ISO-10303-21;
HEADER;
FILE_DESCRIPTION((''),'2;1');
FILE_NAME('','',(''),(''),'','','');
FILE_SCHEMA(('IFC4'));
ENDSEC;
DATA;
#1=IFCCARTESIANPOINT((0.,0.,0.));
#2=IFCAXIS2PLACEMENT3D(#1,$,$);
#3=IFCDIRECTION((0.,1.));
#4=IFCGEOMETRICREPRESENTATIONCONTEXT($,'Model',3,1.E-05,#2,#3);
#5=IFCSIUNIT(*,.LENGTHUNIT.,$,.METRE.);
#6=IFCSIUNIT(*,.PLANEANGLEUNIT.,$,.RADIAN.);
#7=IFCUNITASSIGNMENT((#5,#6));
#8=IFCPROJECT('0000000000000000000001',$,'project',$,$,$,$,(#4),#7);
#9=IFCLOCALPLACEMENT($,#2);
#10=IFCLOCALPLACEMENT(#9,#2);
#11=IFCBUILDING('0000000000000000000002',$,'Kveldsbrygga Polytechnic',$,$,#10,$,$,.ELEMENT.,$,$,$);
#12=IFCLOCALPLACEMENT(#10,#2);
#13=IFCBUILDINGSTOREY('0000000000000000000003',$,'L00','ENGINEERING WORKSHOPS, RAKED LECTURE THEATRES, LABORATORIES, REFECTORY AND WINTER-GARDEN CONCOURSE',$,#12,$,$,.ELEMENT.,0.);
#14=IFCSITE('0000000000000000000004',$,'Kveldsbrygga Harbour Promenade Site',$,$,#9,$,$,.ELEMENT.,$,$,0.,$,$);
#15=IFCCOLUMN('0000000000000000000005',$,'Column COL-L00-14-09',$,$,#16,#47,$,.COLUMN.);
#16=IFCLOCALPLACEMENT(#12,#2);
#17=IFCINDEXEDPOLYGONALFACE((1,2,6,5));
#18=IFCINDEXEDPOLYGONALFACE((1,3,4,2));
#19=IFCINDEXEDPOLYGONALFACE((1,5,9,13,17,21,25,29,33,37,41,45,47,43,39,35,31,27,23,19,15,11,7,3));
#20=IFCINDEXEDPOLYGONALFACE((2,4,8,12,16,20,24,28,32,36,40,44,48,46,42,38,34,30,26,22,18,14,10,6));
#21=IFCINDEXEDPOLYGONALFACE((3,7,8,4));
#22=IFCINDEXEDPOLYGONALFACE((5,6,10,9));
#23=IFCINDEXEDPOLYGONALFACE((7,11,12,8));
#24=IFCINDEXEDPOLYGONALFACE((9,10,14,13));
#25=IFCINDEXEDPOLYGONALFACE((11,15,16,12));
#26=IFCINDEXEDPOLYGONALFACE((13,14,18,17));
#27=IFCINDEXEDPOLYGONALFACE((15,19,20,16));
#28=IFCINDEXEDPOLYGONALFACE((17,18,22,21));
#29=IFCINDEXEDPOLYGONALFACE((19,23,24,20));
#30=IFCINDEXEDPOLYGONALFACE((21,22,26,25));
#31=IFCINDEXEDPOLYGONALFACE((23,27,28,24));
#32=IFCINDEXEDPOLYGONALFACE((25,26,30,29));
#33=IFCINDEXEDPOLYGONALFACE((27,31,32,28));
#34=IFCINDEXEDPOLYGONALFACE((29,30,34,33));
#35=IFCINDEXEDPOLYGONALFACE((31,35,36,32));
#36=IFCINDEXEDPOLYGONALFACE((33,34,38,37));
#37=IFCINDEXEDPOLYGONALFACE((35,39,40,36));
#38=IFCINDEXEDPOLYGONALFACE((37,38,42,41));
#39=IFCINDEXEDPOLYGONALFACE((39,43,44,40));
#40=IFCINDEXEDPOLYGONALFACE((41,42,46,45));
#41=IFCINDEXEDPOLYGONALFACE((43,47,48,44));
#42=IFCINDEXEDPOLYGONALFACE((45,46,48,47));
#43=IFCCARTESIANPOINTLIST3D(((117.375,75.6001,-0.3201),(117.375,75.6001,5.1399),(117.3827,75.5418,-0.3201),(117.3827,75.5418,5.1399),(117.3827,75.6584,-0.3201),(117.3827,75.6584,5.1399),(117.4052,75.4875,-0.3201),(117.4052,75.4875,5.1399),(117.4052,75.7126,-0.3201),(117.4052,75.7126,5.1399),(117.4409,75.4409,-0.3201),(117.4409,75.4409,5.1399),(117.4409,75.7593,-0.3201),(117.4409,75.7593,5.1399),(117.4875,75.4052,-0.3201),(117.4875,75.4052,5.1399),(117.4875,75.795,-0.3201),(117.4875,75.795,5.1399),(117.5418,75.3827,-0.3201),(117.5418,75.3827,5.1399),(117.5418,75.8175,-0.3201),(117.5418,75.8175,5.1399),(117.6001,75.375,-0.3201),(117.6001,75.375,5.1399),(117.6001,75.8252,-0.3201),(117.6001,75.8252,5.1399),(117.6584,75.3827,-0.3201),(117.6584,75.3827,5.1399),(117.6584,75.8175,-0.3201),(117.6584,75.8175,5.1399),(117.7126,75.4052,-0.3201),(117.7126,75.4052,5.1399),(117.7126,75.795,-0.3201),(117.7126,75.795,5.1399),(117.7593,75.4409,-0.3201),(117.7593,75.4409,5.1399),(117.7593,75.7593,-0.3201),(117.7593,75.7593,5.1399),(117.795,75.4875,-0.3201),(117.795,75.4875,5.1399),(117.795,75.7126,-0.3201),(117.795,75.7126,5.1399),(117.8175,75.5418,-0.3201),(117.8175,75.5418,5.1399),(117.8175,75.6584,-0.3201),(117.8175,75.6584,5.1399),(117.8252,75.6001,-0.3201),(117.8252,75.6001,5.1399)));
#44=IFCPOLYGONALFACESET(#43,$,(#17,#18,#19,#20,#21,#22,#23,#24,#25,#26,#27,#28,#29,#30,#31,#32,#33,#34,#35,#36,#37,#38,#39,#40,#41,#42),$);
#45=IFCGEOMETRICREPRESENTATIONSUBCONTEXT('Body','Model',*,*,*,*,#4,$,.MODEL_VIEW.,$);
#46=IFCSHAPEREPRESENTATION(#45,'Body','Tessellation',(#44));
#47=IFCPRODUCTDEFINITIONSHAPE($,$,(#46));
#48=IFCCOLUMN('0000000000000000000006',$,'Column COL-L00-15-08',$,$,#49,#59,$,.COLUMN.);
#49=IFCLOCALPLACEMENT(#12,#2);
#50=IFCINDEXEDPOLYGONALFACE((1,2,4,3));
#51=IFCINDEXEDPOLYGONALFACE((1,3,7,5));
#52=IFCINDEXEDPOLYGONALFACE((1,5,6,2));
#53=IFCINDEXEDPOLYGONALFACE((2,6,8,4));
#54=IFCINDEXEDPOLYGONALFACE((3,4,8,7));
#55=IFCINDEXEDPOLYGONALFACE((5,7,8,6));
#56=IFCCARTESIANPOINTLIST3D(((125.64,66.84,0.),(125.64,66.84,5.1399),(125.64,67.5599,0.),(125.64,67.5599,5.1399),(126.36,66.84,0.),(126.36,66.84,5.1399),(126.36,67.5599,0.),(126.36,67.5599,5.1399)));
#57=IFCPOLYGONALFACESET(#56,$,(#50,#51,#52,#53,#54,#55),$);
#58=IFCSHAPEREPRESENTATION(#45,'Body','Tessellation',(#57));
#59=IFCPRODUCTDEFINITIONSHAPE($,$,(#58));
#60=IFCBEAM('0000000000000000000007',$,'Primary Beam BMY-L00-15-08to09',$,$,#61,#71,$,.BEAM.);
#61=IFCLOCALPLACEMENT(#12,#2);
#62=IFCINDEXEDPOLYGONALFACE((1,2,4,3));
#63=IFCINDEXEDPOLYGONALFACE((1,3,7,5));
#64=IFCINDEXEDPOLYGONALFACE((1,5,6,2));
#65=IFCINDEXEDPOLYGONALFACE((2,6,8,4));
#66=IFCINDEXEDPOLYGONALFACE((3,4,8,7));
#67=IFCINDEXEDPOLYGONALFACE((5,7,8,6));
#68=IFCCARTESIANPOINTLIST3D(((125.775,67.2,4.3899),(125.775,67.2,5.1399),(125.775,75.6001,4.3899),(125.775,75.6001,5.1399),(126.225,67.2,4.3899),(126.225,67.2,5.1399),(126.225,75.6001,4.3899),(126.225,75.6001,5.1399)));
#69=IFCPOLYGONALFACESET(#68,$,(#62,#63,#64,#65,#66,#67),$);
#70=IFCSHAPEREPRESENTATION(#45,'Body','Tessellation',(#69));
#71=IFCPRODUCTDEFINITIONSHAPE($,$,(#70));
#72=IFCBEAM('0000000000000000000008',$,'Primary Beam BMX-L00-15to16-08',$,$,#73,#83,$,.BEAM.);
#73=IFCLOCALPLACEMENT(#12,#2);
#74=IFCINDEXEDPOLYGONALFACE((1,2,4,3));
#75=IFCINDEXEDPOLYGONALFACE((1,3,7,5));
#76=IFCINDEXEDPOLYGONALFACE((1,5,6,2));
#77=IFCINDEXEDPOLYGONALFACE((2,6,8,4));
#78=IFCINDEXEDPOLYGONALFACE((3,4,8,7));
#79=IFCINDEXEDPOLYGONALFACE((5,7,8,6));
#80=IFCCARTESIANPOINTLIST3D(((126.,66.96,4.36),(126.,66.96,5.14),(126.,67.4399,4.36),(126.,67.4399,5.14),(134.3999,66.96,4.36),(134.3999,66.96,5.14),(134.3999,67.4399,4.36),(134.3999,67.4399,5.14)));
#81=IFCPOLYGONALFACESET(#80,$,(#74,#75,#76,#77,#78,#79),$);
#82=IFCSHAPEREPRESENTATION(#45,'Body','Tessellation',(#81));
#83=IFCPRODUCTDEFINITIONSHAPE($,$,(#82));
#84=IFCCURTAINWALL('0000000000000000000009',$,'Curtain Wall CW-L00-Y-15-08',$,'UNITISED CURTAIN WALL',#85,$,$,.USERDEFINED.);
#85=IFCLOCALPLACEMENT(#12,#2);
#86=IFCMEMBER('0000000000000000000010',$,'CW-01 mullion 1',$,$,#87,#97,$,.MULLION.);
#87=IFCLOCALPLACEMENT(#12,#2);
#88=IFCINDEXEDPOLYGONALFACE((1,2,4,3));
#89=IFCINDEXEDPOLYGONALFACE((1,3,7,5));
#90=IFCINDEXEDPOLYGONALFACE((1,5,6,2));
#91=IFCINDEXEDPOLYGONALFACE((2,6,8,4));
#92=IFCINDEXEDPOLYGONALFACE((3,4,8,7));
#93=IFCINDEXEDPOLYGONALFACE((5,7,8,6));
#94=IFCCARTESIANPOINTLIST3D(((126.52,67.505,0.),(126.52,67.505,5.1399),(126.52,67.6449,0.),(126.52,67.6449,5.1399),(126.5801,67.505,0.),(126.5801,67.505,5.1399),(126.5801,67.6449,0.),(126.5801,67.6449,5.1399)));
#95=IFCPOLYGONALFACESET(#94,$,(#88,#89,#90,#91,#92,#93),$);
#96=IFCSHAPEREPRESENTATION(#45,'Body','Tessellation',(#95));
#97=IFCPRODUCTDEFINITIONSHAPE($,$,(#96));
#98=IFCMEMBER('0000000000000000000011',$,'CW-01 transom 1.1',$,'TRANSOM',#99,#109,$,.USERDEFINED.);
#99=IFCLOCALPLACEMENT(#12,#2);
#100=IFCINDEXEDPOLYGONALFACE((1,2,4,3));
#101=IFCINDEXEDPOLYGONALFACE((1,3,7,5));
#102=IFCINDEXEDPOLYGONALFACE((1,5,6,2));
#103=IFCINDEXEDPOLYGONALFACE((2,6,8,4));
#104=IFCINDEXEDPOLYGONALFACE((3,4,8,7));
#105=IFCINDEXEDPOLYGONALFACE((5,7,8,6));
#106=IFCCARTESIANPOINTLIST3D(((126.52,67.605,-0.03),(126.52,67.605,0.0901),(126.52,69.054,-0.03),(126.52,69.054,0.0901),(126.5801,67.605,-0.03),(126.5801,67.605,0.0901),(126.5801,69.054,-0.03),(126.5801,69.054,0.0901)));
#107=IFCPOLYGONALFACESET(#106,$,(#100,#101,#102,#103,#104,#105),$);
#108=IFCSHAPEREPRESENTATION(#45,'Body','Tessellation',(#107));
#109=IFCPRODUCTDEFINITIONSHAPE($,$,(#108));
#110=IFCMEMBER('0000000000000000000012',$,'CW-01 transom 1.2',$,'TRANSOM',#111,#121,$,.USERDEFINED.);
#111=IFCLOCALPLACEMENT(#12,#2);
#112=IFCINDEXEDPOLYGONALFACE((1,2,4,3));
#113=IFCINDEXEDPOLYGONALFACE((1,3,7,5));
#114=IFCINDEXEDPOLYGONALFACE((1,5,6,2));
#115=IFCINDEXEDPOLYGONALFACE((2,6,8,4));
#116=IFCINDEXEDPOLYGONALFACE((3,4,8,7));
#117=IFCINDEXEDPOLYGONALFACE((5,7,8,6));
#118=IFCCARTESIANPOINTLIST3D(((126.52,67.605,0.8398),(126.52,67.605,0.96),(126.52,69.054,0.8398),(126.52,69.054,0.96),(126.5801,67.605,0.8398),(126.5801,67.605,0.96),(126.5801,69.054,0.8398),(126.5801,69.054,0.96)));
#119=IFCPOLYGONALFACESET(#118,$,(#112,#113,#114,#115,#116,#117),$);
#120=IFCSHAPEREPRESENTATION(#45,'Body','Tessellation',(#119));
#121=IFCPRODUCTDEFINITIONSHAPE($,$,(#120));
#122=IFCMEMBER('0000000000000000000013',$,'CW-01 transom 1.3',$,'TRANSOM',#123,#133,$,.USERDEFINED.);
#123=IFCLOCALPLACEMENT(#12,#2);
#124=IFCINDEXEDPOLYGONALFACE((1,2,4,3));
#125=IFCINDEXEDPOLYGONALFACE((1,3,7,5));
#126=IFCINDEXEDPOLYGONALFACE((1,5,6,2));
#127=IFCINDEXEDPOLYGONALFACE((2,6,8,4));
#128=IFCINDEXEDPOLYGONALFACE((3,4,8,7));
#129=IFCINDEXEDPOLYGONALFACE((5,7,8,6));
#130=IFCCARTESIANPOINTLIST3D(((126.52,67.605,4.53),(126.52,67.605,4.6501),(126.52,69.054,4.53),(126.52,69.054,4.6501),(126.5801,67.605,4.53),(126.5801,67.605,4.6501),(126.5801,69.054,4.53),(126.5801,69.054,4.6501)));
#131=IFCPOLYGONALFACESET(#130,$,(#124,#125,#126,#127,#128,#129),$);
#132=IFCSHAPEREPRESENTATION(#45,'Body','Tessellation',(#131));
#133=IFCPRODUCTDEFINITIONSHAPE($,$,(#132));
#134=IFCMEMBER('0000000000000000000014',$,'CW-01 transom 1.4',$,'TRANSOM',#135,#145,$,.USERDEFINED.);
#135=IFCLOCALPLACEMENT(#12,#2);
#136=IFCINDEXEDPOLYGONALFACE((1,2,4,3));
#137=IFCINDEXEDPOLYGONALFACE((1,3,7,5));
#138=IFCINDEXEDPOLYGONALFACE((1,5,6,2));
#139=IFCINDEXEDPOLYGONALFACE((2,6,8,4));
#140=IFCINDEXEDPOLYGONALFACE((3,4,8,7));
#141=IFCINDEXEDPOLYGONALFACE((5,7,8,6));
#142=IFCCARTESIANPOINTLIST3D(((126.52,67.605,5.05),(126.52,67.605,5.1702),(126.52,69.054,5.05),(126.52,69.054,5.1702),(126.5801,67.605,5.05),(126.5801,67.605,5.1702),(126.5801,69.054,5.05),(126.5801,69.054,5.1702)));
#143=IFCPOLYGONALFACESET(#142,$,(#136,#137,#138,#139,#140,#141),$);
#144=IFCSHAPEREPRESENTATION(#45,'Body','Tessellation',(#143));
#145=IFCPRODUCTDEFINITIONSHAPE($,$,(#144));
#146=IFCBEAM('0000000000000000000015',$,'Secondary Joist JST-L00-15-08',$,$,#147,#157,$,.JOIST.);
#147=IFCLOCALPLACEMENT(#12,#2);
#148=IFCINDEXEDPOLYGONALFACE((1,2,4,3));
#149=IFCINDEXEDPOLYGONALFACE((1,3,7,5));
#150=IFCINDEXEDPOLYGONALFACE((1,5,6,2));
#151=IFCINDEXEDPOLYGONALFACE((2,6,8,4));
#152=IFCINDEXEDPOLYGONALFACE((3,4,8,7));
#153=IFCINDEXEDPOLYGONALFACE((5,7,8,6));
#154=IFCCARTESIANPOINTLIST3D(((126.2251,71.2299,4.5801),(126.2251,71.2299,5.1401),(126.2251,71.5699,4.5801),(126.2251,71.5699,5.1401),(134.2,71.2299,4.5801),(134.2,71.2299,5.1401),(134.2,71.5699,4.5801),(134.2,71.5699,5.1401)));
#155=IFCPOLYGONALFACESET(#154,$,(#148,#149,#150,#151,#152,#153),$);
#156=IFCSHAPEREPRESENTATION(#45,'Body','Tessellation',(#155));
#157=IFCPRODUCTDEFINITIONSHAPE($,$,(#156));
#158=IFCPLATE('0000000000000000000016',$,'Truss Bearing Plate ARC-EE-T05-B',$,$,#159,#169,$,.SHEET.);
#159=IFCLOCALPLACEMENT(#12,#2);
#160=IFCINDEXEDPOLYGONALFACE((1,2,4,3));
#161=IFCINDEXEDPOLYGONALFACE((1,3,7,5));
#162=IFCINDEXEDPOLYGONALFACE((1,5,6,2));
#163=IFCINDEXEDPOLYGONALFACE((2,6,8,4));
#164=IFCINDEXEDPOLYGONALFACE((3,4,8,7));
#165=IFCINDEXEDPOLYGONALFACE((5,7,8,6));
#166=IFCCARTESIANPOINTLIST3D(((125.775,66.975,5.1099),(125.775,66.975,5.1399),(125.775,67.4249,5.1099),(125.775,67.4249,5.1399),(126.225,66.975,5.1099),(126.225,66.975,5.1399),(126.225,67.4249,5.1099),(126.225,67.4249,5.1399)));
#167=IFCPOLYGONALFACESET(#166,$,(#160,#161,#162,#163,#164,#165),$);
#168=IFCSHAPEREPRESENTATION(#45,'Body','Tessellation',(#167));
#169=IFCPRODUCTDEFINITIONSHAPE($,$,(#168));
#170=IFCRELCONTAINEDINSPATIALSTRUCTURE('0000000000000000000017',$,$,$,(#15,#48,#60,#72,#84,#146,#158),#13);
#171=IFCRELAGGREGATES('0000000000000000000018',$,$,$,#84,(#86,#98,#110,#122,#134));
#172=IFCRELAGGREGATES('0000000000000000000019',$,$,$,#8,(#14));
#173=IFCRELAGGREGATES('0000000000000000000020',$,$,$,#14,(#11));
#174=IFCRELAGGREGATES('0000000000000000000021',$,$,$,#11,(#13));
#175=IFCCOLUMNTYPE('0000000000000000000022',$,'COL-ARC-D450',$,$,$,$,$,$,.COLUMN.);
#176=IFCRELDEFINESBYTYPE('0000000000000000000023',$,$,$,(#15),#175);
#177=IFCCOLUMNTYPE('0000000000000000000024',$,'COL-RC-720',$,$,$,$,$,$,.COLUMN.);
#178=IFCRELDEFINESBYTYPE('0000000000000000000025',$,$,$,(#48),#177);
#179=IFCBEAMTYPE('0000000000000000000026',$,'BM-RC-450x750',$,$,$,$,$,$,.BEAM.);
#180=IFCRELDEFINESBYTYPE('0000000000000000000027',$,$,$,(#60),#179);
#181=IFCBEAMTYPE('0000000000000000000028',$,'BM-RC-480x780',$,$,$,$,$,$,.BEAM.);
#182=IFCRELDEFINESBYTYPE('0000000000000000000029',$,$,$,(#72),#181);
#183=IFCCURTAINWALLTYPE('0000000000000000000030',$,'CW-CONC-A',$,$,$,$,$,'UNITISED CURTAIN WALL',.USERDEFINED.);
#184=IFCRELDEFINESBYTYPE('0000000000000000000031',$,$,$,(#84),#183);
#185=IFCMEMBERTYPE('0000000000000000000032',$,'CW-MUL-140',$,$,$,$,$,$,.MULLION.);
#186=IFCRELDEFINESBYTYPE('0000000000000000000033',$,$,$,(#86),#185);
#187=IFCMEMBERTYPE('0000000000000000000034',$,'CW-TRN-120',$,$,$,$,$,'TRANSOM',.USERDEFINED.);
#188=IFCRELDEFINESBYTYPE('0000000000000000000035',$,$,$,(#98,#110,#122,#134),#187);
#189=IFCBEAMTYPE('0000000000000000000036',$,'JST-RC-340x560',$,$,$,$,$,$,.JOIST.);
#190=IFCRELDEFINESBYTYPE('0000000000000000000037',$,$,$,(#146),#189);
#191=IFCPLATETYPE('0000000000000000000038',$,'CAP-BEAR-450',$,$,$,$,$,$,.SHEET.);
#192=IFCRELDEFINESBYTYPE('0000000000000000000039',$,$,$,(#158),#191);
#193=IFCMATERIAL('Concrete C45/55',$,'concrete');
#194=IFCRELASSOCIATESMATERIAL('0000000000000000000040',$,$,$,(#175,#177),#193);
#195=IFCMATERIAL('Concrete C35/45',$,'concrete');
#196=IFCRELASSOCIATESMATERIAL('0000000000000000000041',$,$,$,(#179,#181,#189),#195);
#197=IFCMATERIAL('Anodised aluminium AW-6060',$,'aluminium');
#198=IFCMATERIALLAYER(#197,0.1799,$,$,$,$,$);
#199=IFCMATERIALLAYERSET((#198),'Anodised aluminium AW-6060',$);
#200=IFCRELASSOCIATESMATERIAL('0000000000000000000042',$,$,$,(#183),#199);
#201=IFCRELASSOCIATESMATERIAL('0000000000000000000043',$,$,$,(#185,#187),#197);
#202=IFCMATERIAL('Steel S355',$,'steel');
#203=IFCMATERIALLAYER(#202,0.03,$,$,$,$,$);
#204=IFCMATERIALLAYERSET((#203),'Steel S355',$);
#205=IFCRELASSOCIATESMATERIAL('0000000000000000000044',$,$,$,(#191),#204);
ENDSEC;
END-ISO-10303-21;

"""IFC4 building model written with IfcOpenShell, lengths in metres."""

from ifc_helpers import new_model, si_unit, direction, frame, origin, origin_2d, place, context, subcontext, project, spatial, rectangle, circle, extrude, material, layer, layer_set, material_profile, profile_set, type_object, element, aggregate, save


model = new_model("IFC4")

# Units and contexts
model_context = context("Model", 3, precision=1e-05, world=origin(), true_north=direction((0.0, 1.0)))
body_context = subcontext(model_context, "Body", "Model", "MODEL_VIEW")
ifc_project = project(units=[si_unit("LENGTHUNIT", "METRE"), si_unit("PLANEANGLEUNIT", "RADIAN")], contexts=[model_context])

# Site, building, storey
site_placement = place(None, origin())
site = spatial("IfcSite", under=ifc_project, at=site_placement, Name="Kveldsbrygga Harbour Promenade Site", CompositionType="ELEMENT", RefElevation=0.0)
building_placement = place(site_placement, origin())
building = spatial("IfcBuilding", under=site, at=building_placement, Name="Kveldsbrygga Polytechnic", CompositionType="ELEMENT")
storey_placement = place(building_placement, origin())
storey = spatial("IfcBuildingStorey", under=building, at=storey_placement, Name="L00", Description="ENGINEERING WORKSHOPS, RAKED LECTURE THEATRES, LABORATORIES, REFECTORY AND WINTER-GARDEN CONCOURSE", CompositionType="ELEMENT", Elevation=0.0)

# Columns
ifc_material_1 = material(Name="Concrete C45/55", Category="concrete")
ifc_material_profile_1 = material_profile(ifc_material_1, circle(Radius=0.2251, at=origin_2d()), Name="RC D450")
ifc_profile_set_1 = profile_set([ifc_material_profile_1], Name="Concrete C45/55")
column_type_1 = type_object("IfcColumnType", Name="COL-ARC-D450", PredefinedType="COLUMN", material=ifc_profile_set_1)
column_1_placement = place(storey_placement, frame((117.6001, 75.6001, -0.3201), z_axis=(0.0, 0.0, 1.0), x_axis=(1.0, 0.0, 0.0)))
element("IfcColumn", 1, at=column_1_placement, inside=storey, type_object=column_type_1, Name="Column COL-L00-14-09", PredefinedType="COLUMN", context=body_context, shape_type="SweptSolid", body=[
    extrude(circle(Radius=0.2251, at=origin_2d()), origin(), (0.0, 0.0, 1.0), 5.46),
])
ifc_material_profile_2 = material_profile(ifc_material_1, rectangle(XDim=0.72, YDim=0.72, at=origin_2d()), Name="RC 720x720")
ifc_profile_set_2 = profile_set([ifc_material_profile_2], Name="Concrete C45/55")
column_type_2 = type_object("IfcColumnType", Name="COL-RC-720", PredefinedType="COLUMN", material=ifc_profile_set_2)
column_2_placement = place(storey_placement, frame((126.0, 67.2, 0.0), z_axis=(0.0, 0.0, 1.0), x_axis=(1.0, 0.0, 0.0)))
element("IfcColumn", 2, at=column_2_placement, inside=storey, type_object=column_type_2, Name="Column COL-L00-15-08", PredefinedType="COLUMN", context=body_context, shape_type="SweptSolid", body=[
    extrude(rectangle(XDim=0.72, YDim=0.72, at=origin_2d()), origin(), (0.0, 0.0, 1.0), 5.1399),
])

# Beams
ifc_material_2 = material(Name="Concrete C35/45", Category="concrete")
ifc_material_profile_3 = material_profile(ifc_material_2, rectangle(XDim=0.45, YDim=0.75, at=origin_2d()), Name="RC 450x750")
ifc_profile_set_3 = profile_set([ifc_material_profile_3], Name="Concrete C35/45")
beam_type_1 = type_object("IfcBeamType", Name="BM-RC-450x750", PredefinedType="BEAM", material=ifc_profile_set_3)
beam_1_placement = place(storey_placement, frame((126.0, 67.2, 4.7649), z_axis=(0.0, 1.0, 0.0), x_axis=(-1.0, 0.0, 0.0)))
element("IfcBeam", 3, at=beam_1_placement, inside=storey, type_object=beam_type_1, Name="Primary Beam BMY-L00-15-08to09", PredefinedType="BEAM", context=body_context, shape_type="SweptSolid", body=[
    extrude(rectangle(XDim=0.45, YDim=0.75, at=origin_2d()), origin(), (0.0, 0.0, 1.0), 8.4001),
])
ifc_material_profile_4 = material_profile(ifc_material_2, rectangle(XDim=0.48, YDim=0.78, at=origin_2d()), Name="RC 480x780")
ifc_profile_set_4 = profile_set([ifc_material_profile_4], Name="Concrete C35/45")
beam_type_2 = type_object("IfcBeamType", Name="BM-RC-480x780", PredefinedType="BEAM", material=ifc_profile_set_4)
beam_2_placement = place(storey_placement, frame((126.0, 67.2, 4.75), z_axis=(1.0, 0.0, 0.0), x_axis=(0.0, 1.0, 0.0)))
element("IfcBeam", 4, at=beam_2_placement, inside=storey, type_object=beam_type_2, Name="Primary Beam BMX-L00-15to16-08", PredefinedType="BEAM", context=body_context, shape_type="SweptSolid", body=[
    extrude(rectangle(XDim=0.48, YDim=0.78, at=origin_2d()), origin(), (0.0, 0.0, 1.0), 8.3999),
])

# Curtain wall, members
ifc_material_3 = material(Name="Anodised aluminium AW-6060", Category="aluminium")
ifc_layer_1 = layer(ifc_material_3, 0.1799)
ifc_layer_set_1 = layer_set([ifc_layer_1], Name="Anodised aluminium AW-6060")
curtain_wall_type = type_object("IfcCurtainWallType", Name="CW-CONC-A", ElementType="UNITISED CURTAIN WALL", PredefinedType="USERDEFINED", material=ifc_layer_set_1)
curtain_wall_placement = place(storey_placement, origin())
curtain_wall = element("IfcCurtainWall", 5, at=curtain_wall_placement, inside=storey, type_object=curtain_wall_type, Name="Curtain Wall CW-L00-Y-15-08", ObjectType="UNITISED CURTAIN WALL", PredefinedType="USERDEFINED")
ifc_material_profile_5 = material_profile(ifc_material_3, rectangle(XDim=0.0601, YDim=0.1399, at=origin_2d()), Name="ALU 60x140")
ifc_profile_set_5 = profile_set([ifc_material_profile_5], Name="Anodised aluminium AW-6060")
member_type_1 = type_object("IfcMemberType", Name="CW-MUL-140", PredefinedType="MULLION", material=ifc_profile_set_5)
member_1_placement = place(storey_placement, frame((126.55, 67.575, 0.0), z_axis=(0.0, 0.0, 1.0), x_axis=(-1.0, 0.0, 0.0)))
member_1 = element("IfcMember", 6, at=member_1_placement, type_object=member_type_1, Name="CW-01 mullion 1", PredefinedType="MULLION", context=body_context, shape_type="SweptSolid", body=[
    extrude(rectangle(XDim=0.0601, YDim=0.1399, at=origin_2d()), origin(), (0.0, 0.0, 1.0), 5.1399),
])
ifc_material_profile_6 = material_profile(ifc_material_3, rectangle(XDim=0.0601, YDim=0.1201, at=origin_2d()), Name="ALU 60x120")
ifc_profile_set_6 = profile_set([ifc_material_profile_6], Name="Anodised aluminium AW-6060")
member_type_2 = type_object("IfcMemberType", Name="CW-TRN-120", ElementType="TRANSOM", PredefinedType="USERDEFINED", material=ifc_profile_set_6)
member_2_placement = place(storey_placement, frame((126.55, 67.605, 0.03), z_axis=(0.0, 1.0, 0.0), x_axis=(-1.0, 0.0, 0.0)))
member_2 = element("IfcMember", 7, at=member_2_placement, type_object=member_type_2, Name="CW-01 transom 1.1", ObjectType="TRANSOM", PredefinedType="USERDEFINED", context=body_context, shape_type="SweptSolid", body=[
    extrude(rectangle(XDim=0.0601, YDim=0.1201, at=origin_2d()), origin(), (0.0, 0.0, 1.0), 1.449),
])
member_3_placement = place(storey_placement, frame((126.55, 67.605, 0.8999), z_axis=(0.0, 1.0, 0.0), x_axis=(-1.0, 0.0, 0.0)))
member_3 = element("IfcMember", 8, at=member_3_placement, type_object=member_type_2, Name="CW-01 transom 1.2", ObjectType="TRANSOM", PredefinedType="USERDEFINED", context=body_context, shape_type="SweptSolid", body=[
    extrude(rectangle(XDim=0.0601, YDim=0.1201, at=origin_2d()), origin(), (0.0, 0.0, 1.0), 1.449),
])
member_4_placement = place(storey_placement, frame((126.55, 67.605, 4.5901), z_axis=(0.0, 1.0, 0.0), x_axis=(-1.0, 0.0, 0.0)))
member_4 = element("IfcMember", 9, at=member_4_placement, type_object=member_type_2, Name="CW-01 transom 1.3", ObjectType="TRANSOM", PredefinedType="USERDEFINED", context=body_context, shape_type="SweptSolid", body=[
    extrude(rectangle(XDim=0.0601, YDim=0.1201, at=origin_2d()), origin(), (0.0, 0.0, 1.0), 1.449),
])
member_5_placement = place(storey_placement, frame((126.55, 67.605, 5.1101), z_axis=(0.0, 1.0, 0.0), x_axis=(-1.0, 0.0, 0.0)))
member_5 = element("IfcMember", 10, at=member_5_placement, type_object=member_type_2, Name="CW-01 transom 1.4", ObjectType="TRANSOM", PredefinedType="USERDEFINED", context=body_context, shape_type="SweptSolid", body=[
    extrude(rectangle(XDim=0.0601, YDim=0.1201, at=origin_2d()), origin(), (0.0, 0.0, 1.0), 1.449),
])

# Beam
ifc_material_profile_7 = material_profile(ifc_material_2, rectangle(XDim=0.3401, YDim=0.5601, at=origin_2d()), Name="RC 340x560")
ifc_profile_set_7 = profile_set([ifc_material_profile_7], Name="Concrete C35/45")
beam_type_3 = type_object("IfcBeamType", Name="JST-RC-340x560", PredefinedType="JOIST", material=ifc_profile_set_7)
beam_3_placement = place(storey_placement, frame((126.2251, 71.3999, 4.8601), z_axis=(1.0, 0.0, 0.0), x_axis=(0.0, 1.0, 0.0)))
element("IfcBeam", 11, at=beam_3_placement, inside=storey, type_object=beam_type_3, Name="Secondary Joist JST-L00-15-08", PredefinedType="JOIST", context=body_context, shape_type="SweptSolid", body=[
    extrude(rectangle(XDim=0.3401, YDim=0.5601, at=origin_2d()), origin(), (0.0, 0.0, 1.0), 7.9749),
])

# Plate
ifc_material_4 = material(Name="Steel S355", Category="steel")
ifc_layer_2 = layer(ifc_material_4, 0.03)
ifc_layer_set_2 = layer_set([ifc_layer_2], Name="Steel S355")
plate_type_1 = type_object("IfcPlateType", Name="CAP-BEAR-450", PredefinedType="SHEET", material=ifc_layer_set_2)
plate_1_placement = place(storey_placement, frame((126.0, 67.2, 5.1099), z_axis=(0.0, 0.0, 1.0), x_axis=(1.0, 0.0, 0.0)))
element("IfcPlate", 12, at=plate_1_placement, inside=storey, type_object=plate_type_1, Name="Truss Bearing Plate ARC-EE-T05-B", PredefinedType="SHEET", context=body_context, shape_type="SweptSolid", body=[
    extrude(rectangle(XDim=0.45, YDim=0.45, at=origin_2d()), origin(), (0.0, 0.0, 1.0), 0.03),
])
aggregate(curtain_wall, [member_1, member_2, member_3, member_4, member_5])

save(model, "model.ifc")
